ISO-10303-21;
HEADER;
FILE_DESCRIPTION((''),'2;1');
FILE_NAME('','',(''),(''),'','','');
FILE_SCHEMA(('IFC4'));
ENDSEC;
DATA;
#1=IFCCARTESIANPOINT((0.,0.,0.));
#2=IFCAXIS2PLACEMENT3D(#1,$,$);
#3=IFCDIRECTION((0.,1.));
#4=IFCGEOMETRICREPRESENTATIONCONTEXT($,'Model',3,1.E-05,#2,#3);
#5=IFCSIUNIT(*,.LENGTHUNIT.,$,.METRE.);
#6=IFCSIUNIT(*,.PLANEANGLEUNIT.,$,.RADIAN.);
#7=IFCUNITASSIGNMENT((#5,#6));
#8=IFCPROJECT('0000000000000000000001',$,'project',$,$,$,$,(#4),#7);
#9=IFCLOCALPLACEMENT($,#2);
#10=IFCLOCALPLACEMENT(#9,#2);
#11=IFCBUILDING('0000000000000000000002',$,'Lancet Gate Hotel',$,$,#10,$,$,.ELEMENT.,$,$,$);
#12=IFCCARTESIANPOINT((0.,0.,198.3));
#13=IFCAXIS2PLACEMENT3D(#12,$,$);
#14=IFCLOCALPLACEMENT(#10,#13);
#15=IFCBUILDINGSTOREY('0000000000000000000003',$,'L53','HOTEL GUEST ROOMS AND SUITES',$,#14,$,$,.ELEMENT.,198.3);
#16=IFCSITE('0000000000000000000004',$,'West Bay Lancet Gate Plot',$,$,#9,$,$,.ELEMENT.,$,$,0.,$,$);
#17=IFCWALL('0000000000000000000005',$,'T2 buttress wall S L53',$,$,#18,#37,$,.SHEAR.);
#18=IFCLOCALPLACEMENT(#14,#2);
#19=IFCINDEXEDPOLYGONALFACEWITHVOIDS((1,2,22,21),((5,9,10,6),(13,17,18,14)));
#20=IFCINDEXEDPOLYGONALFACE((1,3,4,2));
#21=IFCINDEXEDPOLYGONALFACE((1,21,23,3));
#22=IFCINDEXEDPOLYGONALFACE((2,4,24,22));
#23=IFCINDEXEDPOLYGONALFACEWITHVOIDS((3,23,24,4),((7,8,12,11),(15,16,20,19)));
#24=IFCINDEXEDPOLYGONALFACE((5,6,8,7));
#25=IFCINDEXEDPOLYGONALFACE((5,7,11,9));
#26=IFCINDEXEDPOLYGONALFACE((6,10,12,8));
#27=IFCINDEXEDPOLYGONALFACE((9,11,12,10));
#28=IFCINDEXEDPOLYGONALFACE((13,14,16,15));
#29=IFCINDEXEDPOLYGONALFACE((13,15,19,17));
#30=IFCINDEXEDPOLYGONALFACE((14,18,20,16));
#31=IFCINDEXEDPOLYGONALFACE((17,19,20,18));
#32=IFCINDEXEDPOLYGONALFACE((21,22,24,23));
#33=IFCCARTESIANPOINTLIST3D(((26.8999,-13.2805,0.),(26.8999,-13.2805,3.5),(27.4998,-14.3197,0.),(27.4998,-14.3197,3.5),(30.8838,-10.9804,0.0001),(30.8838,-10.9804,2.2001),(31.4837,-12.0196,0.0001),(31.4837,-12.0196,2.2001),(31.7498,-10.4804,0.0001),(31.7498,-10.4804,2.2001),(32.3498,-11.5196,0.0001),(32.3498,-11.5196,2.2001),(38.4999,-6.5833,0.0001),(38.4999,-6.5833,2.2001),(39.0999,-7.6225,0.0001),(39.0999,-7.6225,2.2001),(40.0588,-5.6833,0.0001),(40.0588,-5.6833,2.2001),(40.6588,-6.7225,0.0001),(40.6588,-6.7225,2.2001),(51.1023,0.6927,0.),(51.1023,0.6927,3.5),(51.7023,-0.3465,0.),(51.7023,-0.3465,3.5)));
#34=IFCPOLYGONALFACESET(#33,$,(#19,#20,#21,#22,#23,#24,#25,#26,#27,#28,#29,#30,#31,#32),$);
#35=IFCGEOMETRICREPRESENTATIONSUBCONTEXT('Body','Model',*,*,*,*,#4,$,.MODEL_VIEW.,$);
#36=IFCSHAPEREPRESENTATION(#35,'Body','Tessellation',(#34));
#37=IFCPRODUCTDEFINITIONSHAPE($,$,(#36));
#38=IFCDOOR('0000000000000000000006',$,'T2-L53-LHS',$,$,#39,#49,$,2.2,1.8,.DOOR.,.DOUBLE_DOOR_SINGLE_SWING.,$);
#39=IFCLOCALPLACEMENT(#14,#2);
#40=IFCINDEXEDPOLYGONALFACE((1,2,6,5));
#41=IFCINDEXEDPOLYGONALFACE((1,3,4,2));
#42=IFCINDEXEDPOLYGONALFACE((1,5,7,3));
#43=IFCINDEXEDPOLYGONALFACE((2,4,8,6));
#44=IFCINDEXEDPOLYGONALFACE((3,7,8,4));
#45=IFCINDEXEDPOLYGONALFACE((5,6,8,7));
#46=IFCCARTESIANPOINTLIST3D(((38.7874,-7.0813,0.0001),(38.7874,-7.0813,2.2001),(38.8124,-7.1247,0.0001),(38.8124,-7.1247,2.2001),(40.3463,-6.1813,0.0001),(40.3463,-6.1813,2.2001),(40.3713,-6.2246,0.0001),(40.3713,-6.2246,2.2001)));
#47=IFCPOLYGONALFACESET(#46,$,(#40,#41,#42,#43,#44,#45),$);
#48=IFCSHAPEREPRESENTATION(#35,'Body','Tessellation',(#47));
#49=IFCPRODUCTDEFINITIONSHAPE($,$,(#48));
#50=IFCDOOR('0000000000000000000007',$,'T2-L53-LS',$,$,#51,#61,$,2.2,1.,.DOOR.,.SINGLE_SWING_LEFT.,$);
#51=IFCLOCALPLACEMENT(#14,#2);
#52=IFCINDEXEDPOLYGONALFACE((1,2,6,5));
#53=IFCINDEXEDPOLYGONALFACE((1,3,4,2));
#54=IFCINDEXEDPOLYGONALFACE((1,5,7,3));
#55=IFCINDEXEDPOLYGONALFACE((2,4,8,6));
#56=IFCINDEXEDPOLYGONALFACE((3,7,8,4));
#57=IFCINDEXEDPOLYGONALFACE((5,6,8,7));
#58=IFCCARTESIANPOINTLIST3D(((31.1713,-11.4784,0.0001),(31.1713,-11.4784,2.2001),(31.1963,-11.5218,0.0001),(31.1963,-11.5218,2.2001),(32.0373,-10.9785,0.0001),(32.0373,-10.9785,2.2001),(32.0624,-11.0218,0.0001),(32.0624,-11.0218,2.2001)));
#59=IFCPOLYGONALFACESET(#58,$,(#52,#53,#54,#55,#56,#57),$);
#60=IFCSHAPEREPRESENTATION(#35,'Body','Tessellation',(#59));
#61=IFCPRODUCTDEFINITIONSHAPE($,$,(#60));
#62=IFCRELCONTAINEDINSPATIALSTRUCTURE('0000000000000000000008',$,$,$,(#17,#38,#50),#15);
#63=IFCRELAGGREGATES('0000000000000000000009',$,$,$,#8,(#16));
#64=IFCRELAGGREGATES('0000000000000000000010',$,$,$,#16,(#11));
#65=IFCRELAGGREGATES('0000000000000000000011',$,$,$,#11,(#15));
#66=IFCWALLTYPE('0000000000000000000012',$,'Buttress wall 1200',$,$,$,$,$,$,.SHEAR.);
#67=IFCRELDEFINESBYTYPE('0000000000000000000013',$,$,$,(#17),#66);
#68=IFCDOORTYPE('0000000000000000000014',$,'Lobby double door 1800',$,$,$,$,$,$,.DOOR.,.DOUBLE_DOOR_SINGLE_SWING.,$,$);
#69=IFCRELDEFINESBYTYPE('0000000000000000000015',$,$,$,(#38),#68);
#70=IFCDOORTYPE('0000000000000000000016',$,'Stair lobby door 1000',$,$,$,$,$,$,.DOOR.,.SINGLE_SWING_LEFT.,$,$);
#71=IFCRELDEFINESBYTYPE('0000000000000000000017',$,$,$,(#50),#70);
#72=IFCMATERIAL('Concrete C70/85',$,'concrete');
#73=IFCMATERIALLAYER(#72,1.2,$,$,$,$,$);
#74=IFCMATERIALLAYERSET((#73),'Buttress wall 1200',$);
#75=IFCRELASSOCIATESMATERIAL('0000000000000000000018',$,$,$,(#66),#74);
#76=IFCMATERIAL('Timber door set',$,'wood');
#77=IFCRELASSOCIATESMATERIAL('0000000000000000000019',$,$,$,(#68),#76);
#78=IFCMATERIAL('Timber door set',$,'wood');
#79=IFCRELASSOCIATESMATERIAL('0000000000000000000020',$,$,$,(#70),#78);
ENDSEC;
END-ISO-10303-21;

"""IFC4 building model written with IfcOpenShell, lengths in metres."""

from ifc_helpers import new_model, si_unit, direction, frame, frame_2d, origin, place, context, subcontext, project, spatial, rectangle, extrude, material, layer, layer_set, type_object, element, fill, save


model = new_model("IFC4")

# Units and contexts
model_context = context("Model", 3, precision=1e-05, world=origin(), true_north=direction((0.0, 1.0)))
body_context = subcontext(model_context, "Body", "Model", "MODEL_VIEW")
ifc_project = project(units=[si_unit("LENGTHUNIT", "METRE"), si_unit("PLANEANGLEUNIT", "RADIAN")], contexts=[model_context])

# Site, building, storey
site_placement = place(None, origin())
site = spatial("IfcSite", under=ifc_project, at=site_placement, Name="West Bay Lancet Gate Plot", CompositionType="ELEMENT", RefElevation=0.0)
building_placement = place(site_placement, origin())
building = spatial("IfcBuilding", under=site, at=building_placement, Name="Lancet Gate Hotel", CompositionType="ELEMENT")
storey_placement = place(building_placement, frame((0.0, 0.0, 198.3)))
storey = spatial("IfcBuildingStorey", under=building, at=storey_placement, Name="L53", Description="HOTEL GUEST ROOMS AND SUITES", CompositionType="ELEMENT", Elevation=198.3)

# Wall, openings, doors
ifc_material_1 = material(Name="Concrete C70/85", Category="concrete")
ifc_layer_1 = layer(ifc_material_1, 1.2)
ifc_layer_set_1 = layer_set([ifc_layer_1], Name="Buttress wall 1200")
wall_type = type_object("IfcWallType", Name="Buttress wall 1200", PredefinedType="SHEAR", material=ifc_layer_set_1)
wall_placement = place(storey_placement, frame((27.2, -13.8, 0.0), z_axis=(0.0, 0.0, 1.0), x_axis=(0.866027, 0.499997, 0.0)))
wall = element("IfcWall", 1, at=wall_placement, inside=storey, type_object=wall_type, Name="T2 buttress wall S L53", PredefinedType="SHEAR", context=body_context, shape_type="SweptSolid", body=[
    extrude(rectangle(XDim=27.9465, YDim=1.2, at=frame_2d((13.9731, 0.0))), origin(), (0.0, 0.0, 1.0), 3.5),
])
opening_1_placement = place(wall_placement, frame((4.6001, 0.0, 0.0)))
opening_1 = element("IfcOpeningElement", 2, at=opening_1_placement, cuts=wall, PredefinedType="OPENING", context=body_context, shape_type="SweptSolid", body=[
    extrude(rectangle(XDim=1.0, YDim=2.2, at=frame_2d((0.5, 1.1001))), frame((0.0, 0.6099, 0.0), z_axis=(0.0, -1.0, 0.0), x_axis=(1.0, 0.0, 0.0)), (0.0, 0.0, 1.0), 1.22),
])
opening_2_placement = place(wall_placement, frame((13.3945, 0.0, 0.0)))
opening_2 = element("IfcOpeningElement", 3, at=opening_2_placement, cuts=wall, PredefinedType="OPENING", context=body_context, shape_type="SweptSolid", body=[
    extrude(rectangle(XDim=1.8, YDim=2.2, at=frame_2d((0.8999, 1.1001))), frame((0.0, 0.6099, 0.0), z_axis=(0.0, -1.0, 0.0), x_axis=(1.0, 0.0, 0.0)), (0.0, 0.0, 1.0), 1.22),
])
ifc_material_2 = material(Name="Timber door set", Category="wood")
door_type_1 = type_object("IfcDoorType", Name="Lobby double door 1800", OperationType="DOUBLE_DOOR_SINGLE_SWING", PredefinedType="DOOR", material=ifc_material_2)
door_1_placement = place(opening_2_placement, origin())
door_1 = element("IfcDoor", 4, at=door_1_placement, inside=storey, type_object=door_type_1, Name="T2-L53-LHS", OperationType="DOUBLE_DOOR_SINGLE_SWING", OverallHeight=2.2, OverallWidth=1.8, PredefinedType="DOOR", context=body_context, shape_type="SweptSolid", body=[
    extrude(rectangle(XDim=1.8, YDim=2.2, at=frame_2d((0.8999, 1.1001))), frame((0.0, 0.0249, 0.0), z_axis=(0.0, -1.0, 0.0), x_axis=(1.0, 0.0, 0.0)), (0.0, 0.0, 1.0), 0.05),
])
fill(opening_2, door_1)
ifc_material_3 = material(Name="Timber door set", Category="wood")
door_type_2 = type_object("IfcDoorType", Name="Stair lobby door 1000", OperationType="SINGLE_SWING_LEFT", PredefinedType="DOOR", material=ifc_material_3)
door_2_placement = place(opening_1_placement, origin())
door_2 = element("IfcDoor", 5, at=door_2_placement, inside=storey, type_object=door_type_2, Name="T2-L53-LS", OperationType="SINGLE_SWING_LEFT", OverallHeight=2.2, OverallWidth=1.0, PredefinedType="DOOR", context=body_context, shape_type="SweptSolid", body=[
    extrude(rectangle(XDim=1.0, YDim=2.2, at=frame_2d((0.5, 1.1001))), frame((0.0, 0.0249, 0.0), z_axis=(0.0, -1.0, 0.0), x_axis=(1.0, 0.0, 0.0)), (0.0, 0.0, 1.0), 0.05),
])
fill(opening_1, door_2)

save(model, "model.ifc")
